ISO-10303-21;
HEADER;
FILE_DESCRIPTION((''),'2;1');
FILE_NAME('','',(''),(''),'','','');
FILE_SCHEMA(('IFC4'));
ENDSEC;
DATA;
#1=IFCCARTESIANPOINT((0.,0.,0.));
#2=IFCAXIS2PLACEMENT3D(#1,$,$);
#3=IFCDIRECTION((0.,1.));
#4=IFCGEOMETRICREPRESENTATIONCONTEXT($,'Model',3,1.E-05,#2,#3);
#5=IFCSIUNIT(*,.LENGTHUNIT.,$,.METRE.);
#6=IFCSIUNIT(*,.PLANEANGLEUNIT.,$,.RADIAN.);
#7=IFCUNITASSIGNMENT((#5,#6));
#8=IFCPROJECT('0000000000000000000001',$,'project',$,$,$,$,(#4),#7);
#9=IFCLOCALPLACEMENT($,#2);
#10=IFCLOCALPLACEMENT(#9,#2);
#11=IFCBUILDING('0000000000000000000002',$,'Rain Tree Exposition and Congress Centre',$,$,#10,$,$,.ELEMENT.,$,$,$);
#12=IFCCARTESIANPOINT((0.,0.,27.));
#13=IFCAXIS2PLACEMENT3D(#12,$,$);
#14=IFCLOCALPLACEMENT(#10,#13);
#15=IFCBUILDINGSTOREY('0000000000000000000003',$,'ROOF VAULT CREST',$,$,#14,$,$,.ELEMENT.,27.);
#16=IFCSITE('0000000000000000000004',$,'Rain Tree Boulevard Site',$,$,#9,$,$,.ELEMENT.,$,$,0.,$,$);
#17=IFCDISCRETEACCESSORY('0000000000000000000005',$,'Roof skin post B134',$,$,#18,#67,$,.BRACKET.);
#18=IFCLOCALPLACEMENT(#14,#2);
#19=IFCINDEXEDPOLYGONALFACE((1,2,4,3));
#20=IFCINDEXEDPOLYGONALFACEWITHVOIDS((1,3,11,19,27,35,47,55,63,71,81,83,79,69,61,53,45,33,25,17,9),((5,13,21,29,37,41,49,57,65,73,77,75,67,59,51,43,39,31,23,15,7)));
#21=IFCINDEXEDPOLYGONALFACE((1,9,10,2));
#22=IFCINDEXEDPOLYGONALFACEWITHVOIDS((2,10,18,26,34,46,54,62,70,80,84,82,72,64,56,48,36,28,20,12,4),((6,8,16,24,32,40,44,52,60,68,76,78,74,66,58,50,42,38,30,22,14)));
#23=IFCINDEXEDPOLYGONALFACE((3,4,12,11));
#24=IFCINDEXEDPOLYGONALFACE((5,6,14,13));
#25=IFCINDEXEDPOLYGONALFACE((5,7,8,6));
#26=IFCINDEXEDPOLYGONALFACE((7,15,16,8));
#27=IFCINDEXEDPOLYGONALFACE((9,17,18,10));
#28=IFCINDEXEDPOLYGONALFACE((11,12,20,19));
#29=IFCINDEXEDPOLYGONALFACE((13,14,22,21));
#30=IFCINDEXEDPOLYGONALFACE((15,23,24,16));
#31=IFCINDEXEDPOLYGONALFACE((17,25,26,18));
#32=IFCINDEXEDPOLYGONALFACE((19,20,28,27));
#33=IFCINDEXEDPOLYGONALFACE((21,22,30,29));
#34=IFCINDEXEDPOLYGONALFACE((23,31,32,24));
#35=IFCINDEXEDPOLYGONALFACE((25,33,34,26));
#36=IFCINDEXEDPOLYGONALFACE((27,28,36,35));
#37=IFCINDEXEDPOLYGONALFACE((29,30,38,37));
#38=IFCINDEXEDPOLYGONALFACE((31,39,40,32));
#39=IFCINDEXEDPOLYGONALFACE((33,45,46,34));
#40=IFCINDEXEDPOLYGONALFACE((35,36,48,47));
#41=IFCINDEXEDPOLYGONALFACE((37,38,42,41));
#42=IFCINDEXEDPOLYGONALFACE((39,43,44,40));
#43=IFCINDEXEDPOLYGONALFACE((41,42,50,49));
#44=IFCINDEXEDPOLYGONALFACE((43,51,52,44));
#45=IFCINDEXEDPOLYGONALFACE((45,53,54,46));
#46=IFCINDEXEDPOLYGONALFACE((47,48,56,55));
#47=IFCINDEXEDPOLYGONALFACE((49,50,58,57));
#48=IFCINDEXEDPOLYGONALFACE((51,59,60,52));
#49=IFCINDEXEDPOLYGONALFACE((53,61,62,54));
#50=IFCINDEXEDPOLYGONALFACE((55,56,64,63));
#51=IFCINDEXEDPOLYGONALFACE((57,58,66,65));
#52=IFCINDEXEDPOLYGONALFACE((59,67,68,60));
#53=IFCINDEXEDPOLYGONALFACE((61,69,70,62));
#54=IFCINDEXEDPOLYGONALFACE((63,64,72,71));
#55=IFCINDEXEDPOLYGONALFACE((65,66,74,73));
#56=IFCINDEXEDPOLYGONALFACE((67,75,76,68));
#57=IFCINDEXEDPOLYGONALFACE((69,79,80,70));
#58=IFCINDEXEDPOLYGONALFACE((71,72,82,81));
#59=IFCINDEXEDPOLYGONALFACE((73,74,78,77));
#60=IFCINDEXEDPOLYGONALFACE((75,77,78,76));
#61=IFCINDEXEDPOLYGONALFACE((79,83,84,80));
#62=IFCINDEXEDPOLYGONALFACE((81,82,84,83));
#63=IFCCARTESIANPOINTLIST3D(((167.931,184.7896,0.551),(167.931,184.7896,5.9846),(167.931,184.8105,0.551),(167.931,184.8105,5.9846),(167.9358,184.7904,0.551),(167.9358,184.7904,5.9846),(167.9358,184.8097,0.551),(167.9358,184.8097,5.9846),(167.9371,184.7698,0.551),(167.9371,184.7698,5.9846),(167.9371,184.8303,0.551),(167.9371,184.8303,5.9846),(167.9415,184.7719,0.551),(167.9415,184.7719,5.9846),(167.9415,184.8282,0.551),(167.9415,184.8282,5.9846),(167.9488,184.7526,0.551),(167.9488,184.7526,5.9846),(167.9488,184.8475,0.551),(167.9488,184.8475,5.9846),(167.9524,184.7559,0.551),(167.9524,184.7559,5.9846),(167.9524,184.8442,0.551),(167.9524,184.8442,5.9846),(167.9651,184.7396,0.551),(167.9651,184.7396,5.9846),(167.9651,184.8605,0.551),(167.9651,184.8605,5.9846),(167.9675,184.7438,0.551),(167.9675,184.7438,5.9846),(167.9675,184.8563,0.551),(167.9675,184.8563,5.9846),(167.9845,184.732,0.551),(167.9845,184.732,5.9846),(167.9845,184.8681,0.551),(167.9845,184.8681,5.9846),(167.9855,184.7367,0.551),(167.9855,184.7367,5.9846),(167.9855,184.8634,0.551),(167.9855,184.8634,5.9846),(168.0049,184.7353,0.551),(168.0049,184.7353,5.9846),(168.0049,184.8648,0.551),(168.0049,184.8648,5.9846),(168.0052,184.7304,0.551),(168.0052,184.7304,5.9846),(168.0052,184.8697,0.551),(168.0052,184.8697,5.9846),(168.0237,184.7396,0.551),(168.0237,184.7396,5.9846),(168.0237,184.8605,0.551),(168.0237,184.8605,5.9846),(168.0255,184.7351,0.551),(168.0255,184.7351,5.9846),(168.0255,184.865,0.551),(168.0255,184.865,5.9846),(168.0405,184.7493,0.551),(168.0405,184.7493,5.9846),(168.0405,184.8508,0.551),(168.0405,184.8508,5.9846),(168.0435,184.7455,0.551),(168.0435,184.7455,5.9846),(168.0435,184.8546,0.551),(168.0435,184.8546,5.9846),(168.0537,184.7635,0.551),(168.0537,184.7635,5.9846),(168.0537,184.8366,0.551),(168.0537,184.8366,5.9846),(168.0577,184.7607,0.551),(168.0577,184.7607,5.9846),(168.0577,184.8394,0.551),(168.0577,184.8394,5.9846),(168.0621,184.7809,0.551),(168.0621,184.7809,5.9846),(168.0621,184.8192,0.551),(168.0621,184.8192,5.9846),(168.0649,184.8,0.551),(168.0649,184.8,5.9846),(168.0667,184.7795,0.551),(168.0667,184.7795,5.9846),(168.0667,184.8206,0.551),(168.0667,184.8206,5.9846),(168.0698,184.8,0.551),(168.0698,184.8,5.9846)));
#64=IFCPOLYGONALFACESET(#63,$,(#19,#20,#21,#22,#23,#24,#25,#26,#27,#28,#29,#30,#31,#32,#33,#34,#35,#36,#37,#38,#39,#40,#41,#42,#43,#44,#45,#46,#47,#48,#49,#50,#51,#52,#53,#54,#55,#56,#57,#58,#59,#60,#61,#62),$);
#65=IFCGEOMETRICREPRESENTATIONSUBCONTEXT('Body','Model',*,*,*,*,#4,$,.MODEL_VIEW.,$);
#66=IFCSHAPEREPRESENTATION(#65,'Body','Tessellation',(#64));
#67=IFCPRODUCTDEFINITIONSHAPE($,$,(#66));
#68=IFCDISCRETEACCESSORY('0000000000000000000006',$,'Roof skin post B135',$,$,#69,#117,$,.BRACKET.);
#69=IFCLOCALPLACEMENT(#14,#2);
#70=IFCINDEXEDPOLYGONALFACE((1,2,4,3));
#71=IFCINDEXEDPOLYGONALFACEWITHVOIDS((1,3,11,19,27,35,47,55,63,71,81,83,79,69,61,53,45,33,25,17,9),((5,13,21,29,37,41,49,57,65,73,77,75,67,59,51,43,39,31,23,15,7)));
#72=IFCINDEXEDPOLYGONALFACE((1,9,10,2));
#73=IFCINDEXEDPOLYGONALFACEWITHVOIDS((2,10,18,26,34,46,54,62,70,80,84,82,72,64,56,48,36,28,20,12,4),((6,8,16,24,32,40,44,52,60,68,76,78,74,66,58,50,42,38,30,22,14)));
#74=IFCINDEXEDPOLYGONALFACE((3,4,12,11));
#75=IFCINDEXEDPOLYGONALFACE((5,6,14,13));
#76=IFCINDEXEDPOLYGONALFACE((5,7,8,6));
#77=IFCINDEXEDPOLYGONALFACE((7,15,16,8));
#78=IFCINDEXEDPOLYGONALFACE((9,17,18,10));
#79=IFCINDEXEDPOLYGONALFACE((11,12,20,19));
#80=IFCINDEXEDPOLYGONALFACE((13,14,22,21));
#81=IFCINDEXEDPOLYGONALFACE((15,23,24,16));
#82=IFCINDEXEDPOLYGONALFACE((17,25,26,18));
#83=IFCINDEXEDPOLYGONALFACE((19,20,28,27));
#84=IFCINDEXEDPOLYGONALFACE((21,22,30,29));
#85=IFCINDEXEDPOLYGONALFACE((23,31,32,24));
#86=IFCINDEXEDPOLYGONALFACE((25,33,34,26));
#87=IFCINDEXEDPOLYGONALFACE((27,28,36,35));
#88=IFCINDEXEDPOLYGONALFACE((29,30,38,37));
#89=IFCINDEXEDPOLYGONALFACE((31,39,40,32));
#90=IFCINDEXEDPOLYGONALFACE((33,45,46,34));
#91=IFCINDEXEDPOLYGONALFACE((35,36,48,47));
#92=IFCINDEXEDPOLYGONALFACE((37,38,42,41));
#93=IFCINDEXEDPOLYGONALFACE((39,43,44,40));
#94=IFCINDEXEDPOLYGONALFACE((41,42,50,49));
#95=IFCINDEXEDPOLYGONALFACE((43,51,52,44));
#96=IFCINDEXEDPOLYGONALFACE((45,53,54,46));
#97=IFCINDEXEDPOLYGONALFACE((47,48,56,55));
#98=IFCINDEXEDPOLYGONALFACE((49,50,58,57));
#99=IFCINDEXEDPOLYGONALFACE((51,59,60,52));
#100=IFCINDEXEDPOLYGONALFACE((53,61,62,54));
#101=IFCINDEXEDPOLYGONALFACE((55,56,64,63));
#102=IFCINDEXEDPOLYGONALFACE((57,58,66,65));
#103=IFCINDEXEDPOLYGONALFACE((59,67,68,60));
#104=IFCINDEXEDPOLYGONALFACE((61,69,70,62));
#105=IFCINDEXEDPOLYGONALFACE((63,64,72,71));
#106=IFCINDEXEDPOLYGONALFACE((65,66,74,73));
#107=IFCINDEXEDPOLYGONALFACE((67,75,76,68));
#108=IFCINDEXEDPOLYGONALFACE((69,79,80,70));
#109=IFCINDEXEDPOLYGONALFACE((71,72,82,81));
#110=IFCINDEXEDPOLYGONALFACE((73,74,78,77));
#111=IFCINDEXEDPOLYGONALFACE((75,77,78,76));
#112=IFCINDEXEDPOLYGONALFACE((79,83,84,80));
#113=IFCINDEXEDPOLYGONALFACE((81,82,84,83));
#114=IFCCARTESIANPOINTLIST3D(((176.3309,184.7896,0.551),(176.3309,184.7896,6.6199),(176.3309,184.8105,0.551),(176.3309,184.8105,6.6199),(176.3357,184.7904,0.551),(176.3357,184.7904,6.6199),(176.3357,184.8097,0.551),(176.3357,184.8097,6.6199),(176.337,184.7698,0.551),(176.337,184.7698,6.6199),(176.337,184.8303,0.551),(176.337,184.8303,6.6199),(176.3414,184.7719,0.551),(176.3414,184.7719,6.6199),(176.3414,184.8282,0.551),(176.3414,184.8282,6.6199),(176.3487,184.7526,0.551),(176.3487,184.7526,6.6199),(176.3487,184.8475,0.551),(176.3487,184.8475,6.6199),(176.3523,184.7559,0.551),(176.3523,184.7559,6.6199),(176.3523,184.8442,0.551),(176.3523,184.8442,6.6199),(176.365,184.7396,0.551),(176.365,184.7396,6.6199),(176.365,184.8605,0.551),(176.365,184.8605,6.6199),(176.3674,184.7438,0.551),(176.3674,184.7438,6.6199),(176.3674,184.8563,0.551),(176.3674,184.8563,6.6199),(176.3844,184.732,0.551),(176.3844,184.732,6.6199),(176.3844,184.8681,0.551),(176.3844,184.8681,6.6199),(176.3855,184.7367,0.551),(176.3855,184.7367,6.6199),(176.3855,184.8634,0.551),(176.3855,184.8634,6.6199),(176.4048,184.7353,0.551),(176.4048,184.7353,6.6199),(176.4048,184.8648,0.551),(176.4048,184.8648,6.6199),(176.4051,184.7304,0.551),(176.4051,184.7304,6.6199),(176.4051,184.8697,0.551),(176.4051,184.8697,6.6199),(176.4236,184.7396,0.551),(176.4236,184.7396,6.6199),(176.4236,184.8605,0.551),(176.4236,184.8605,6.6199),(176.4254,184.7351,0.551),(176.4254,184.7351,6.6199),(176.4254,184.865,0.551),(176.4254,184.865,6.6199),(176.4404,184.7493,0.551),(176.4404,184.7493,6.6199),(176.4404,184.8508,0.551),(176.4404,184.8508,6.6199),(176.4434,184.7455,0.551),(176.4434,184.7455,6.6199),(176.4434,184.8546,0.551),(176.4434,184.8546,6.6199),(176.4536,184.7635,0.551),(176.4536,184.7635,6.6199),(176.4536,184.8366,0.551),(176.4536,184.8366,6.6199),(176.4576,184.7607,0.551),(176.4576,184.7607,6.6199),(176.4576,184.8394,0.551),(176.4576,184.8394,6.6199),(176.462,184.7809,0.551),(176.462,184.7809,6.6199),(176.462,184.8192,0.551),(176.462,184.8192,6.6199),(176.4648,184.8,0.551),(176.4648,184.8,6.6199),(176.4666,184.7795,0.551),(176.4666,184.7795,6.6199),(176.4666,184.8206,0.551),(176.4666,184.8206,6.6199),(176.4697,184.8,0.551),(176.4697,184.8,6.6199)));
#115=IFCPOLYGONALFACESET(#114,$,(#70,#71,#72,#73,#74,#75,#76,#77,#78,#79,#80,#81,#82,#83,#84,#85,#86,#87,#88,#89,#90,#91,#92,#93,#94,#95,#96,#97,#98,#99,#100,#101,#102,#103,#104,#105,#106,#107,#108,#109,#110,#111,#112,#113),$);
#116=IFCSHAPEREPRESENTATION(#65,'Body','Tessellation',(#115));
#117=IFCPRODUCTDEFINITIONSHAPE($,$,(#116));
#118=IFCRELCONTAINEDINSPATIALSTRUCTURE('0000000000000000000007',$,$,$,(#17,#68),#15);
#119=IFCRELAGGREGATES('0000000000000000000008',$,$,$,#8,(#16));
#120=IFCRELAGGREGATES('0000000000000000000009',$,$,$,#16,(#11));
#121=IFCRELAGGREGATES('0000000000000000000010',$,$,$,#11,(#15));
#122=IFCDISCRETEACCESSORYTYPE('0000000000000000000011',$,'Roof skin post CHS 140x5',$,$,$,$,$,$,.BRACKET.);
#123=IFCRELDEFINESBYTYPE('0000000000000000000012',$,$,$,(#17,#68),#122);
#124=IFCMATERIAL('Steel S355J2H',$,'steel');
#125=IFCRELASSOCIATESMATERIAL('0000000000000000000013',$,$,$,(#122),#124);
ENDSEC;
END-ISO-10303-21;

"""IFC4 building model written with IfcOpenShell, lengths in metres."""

from ifc_helpers import new_model, si_unit, direction, frame, origin, origin_2d, place, context, subcontext, project, spatial, hollow_circle, extrude, material, material_profile, profile_set, type_object, element, save


model = new_model("IFC4")

# Units and contexts
model_context = context("Model", 3, precision=1e-05, world=origin(), true_north=direction((0.0, 1.0)))
body_context = subcontext(model_context, "Body", "Model", "MODEL_VIEW")
ifc_project = project(units=[si_unit("LENGTHUNIT", "METRE"), si_unit("PLANEANGLEUNIT", "RADIAN")], contexts=[model_context])

# Site, building, storey
site_placement = place(None, origin())
site = spatial("IfcSite", under=ifc_project, at=site_placement, Name="Rain Tree Boulevard Site", CompositionType="ELEMENT", RefElevation=0.0)
building_placement = place(site_placement, origin())
building = spatial("IfcBuilding", under=site, at=building_placement, Name="Rain Tree Exposition and Congress Centre", CompositionType="ELEMENT")
storey_placement = place(building_placement, frame((0.0, 0.0, 27.0)))
storey = spatial("IfcBuildingStorey", under=building, at=storey_placement, Name="ROOF VAULT CREST", CompositionType="ELEMENT", Elevation=27.0)

# Discrete accessories
ifc_material_1 = material(Name="Steel S355J2H", Category="steel")
ifc_material_profile_1 = material_profile(ifc_material_1, hollow_circle(Radius=0.0698, WallThickness=0.0049, at=origin_2d()), Name="CHS 140x5")
ifc_profile_set_1 = profile_set([ifc_material_profile_1], Name="Steel S355J2H")
discrete_accessory_type_1 = type_object("IfcDiscreteAccessoryType", Name="Roof skin post CHS 140x5", PredefinedType="BRACKET", material=ifc_profile_set_1)
discrete_accessory_1_placement = place(storey_placement, frame((168.0, 184.8, 0.551), z_axis=(0.0, 0.0, 1.0), x_axis=(1.0, 0.0, 0.0)))
element("IfcDiscreteAccessory", 1, at=discrete_accessory_1_placement, inside=storey, type_object=discrete_accessory_type_1, Name="Roof skin post B134", PredefinedType="BRACKET", context=body_context, shape_type="SweptSolid", body=[
    extrude(hollow_circle(Radius=0.0698, WallThickness=0.0049, at=origin_2d()), origin(), (0.0, 0.0, 1.0), 5.4336),
])
discrete_accessory_2_placement = place(storey_placement, frame((176.3999, 184.8, 0.551), z_axis=(0.0, 0.0, 1.0), x_axis=(1.0, 0.0, 0.0)))
element("IfcDiscreteAccessory", 2, at=discrete_accessory_2_placement, inside=storey, type_object=discrete_accessory_type_1, Name="Roof skin post B135", PredefinedType="BRACKET", context=body_context, shape_type="SweptSolid", body=[
    extrude(hollow_circle(Radius=0.0698, WallThickness=0.0049, at=origin_2d()), origin(), (0.0, 0.0, 1.0), 6.0688),
])

save(model, "model.ifc")
